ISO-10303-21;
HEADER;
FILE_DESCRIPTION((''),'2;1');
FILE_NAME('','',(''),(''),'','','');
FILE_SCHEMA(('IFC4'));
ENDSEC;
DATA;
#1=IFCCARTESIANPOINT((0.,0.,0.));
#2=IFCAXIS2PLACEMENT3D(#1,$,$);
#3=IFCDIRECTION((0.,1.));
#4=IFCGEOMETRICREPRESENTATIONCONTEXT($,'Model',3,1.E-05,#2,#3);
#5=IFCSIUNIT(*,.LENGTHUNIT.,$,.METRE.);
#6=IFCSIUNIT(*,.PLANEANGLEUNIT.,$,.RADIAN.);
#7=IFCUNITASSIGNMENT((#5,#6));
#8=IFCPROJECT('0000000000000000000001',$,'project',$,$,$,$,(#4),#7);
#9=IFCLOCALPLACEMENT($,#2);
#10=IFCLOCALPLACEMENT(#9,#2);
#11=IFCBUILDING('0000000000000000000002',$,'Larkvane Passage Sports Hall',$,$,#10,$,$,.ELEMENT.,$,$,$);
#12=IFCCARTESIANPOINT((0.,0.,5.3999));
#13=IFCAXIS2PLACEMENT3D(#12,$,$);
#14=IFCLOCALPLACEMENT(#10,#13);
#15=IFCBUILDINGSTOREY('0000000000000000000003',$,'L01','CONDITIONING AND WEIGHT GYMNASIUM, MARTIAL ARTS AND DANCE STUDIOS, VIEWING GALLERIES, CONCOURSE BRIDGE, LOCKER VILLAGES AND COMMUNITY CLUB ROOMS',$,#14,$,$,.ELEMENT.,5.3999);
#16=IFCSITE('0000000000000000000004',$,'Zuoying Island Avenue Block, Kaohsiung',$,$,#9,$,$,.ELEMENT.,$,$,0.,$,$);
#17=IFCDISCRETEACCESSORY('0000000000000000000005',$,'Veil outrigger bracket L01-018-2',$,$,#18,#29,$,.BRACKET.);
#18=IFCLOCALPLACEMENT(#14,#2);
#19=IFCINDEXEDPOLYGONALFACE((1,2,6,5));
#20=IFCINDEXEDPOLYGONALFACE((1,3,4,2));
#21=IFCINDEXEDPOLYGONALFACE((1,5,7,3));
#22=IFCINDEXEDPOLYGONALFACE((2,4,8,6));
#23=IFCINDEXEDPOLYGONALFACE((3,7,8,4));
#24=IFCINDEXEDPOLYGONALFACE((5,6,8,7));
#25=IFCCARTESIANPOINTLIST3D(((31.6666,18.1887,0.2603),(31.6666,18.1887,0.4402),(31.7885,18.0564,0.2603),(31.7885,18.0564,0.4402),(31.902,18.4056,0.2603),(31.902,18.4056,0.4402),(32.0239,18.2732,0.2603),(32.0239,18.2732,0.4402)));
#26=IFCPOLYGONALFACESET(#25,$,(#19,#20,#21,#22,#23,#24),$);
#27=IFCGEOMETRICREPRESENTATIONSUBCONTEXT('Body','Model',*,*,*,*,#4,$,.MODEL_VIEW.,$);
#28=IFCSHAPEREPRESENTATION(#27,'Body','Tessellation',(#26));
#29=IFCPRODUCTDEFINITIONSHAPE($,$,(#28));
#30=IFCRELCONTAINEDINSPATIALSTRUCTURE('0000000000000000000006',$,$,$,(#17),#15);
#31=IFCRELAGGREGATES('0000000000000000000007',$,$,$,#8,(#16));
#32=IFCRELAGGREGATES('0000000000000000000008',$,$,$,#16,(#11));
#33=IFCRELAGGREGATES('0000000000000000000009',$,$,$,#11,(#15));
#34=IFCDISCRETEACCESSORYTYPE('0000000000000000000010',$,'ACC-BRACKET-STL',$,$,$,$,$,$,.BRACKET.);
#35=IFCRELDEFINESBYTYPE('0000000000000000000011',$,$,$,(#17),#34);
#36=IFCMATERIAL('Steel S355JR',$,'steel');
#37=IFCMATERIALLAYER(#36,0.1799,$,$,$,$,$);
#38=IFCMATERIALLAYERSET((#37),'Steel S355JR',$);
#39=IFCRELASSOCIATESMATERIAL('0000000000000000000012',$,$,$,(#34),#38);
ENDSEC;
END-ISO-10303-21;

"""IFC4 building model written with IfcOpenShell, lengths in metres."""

from ifc_helpers import new_model, si_unit, direction, frame, origin, origin_2d, place, context, subcontext, project, spatial, rectangle, extrude, material, layer, layer_set, type_object, element, save


model = new_model("IFC4")

# Units and contexts
model_context = context("Model", 3, precision=1e-05, world=origin(), true_north=direction((0.0, 1.0)))
body_context = subcontext(model_context, "Body", "Model", "MODEL_VIEW")
ifc_project = project(units=[si_unit("LENGTHUNIT", "METRE"), si_unit("PLANEANGLEUNIT", "RADIAN")], contexts=[model_context])

# Site, building, storey
site_placement = place(None, origin())
site = spatial("IfcSite", under=ifc_project, at=site_placement, Name="Zuoying Island Avenue Block, Kaohsiung", CompositionType="ELEMENT", RefElevation=0.0)
building_placement = place(site_placement, origin())
building = spatial("IfcBuilding", under=site, at=building_placement, Name="Larkvane Passage Sports Hall", CompositionType="ELEMENT")
storey_placement = place(building_placement, frame((0.0, 0.0, 5.3999)))
storey = spatial("IfcBuildingStorey", under=building, at=storey_placement, Name="L01", Description="CONDITIONING AND WEIGHT GYMNASIUM, MARTIAL ARTS AND DANCE STUDIOS, VIEWING GALLERIES, CONCOURSE BRIDGE, LOCKER VILLAGES AND COMMUNITY CLUB ROOMS", CompositionType="ELEMENT", Elevation=5.3999)

# Discrete accessory
ifc_material_1 = material(Name="Steel S355JR", Category="steel")
ifc_layer_1 = layer(ifc_material_1, 0.1799)
ifc_layer_set_1 = layer_set([ifc_layer_1], Name="Steel S355JR")
discrete_accessory_type = type_object("IfcDiscreteAccessoryType", Name="ACC-BRACKET-STL", PredefinedType="BRACKET", material=ifc_layer_set_1)
discrete_accessory_placement = place(storey_placement, frame((31.8452, 18.231, 0.2603), z_axis=(0.0, 0.0, 1.0), x_axis=(-0.677476, 0.735545, 0.0)))
element("IfcDiscreteAccessory", 1, at=discrete_accessory_placement, inside=storey, type_object=discrete_accessory_type, Name="Veil outrigger bracket L01-018-2", PredefinedType="BRACKET", context=body_context, shape_type="SweptSolid", body=[
    extrude(rectangle(XDim=0.1799, YDim=0.3201, at=origin_2d()), origin(), (0.0, 0.0, 1.0), 0.1799),
])

save(model, "model.ifc")
